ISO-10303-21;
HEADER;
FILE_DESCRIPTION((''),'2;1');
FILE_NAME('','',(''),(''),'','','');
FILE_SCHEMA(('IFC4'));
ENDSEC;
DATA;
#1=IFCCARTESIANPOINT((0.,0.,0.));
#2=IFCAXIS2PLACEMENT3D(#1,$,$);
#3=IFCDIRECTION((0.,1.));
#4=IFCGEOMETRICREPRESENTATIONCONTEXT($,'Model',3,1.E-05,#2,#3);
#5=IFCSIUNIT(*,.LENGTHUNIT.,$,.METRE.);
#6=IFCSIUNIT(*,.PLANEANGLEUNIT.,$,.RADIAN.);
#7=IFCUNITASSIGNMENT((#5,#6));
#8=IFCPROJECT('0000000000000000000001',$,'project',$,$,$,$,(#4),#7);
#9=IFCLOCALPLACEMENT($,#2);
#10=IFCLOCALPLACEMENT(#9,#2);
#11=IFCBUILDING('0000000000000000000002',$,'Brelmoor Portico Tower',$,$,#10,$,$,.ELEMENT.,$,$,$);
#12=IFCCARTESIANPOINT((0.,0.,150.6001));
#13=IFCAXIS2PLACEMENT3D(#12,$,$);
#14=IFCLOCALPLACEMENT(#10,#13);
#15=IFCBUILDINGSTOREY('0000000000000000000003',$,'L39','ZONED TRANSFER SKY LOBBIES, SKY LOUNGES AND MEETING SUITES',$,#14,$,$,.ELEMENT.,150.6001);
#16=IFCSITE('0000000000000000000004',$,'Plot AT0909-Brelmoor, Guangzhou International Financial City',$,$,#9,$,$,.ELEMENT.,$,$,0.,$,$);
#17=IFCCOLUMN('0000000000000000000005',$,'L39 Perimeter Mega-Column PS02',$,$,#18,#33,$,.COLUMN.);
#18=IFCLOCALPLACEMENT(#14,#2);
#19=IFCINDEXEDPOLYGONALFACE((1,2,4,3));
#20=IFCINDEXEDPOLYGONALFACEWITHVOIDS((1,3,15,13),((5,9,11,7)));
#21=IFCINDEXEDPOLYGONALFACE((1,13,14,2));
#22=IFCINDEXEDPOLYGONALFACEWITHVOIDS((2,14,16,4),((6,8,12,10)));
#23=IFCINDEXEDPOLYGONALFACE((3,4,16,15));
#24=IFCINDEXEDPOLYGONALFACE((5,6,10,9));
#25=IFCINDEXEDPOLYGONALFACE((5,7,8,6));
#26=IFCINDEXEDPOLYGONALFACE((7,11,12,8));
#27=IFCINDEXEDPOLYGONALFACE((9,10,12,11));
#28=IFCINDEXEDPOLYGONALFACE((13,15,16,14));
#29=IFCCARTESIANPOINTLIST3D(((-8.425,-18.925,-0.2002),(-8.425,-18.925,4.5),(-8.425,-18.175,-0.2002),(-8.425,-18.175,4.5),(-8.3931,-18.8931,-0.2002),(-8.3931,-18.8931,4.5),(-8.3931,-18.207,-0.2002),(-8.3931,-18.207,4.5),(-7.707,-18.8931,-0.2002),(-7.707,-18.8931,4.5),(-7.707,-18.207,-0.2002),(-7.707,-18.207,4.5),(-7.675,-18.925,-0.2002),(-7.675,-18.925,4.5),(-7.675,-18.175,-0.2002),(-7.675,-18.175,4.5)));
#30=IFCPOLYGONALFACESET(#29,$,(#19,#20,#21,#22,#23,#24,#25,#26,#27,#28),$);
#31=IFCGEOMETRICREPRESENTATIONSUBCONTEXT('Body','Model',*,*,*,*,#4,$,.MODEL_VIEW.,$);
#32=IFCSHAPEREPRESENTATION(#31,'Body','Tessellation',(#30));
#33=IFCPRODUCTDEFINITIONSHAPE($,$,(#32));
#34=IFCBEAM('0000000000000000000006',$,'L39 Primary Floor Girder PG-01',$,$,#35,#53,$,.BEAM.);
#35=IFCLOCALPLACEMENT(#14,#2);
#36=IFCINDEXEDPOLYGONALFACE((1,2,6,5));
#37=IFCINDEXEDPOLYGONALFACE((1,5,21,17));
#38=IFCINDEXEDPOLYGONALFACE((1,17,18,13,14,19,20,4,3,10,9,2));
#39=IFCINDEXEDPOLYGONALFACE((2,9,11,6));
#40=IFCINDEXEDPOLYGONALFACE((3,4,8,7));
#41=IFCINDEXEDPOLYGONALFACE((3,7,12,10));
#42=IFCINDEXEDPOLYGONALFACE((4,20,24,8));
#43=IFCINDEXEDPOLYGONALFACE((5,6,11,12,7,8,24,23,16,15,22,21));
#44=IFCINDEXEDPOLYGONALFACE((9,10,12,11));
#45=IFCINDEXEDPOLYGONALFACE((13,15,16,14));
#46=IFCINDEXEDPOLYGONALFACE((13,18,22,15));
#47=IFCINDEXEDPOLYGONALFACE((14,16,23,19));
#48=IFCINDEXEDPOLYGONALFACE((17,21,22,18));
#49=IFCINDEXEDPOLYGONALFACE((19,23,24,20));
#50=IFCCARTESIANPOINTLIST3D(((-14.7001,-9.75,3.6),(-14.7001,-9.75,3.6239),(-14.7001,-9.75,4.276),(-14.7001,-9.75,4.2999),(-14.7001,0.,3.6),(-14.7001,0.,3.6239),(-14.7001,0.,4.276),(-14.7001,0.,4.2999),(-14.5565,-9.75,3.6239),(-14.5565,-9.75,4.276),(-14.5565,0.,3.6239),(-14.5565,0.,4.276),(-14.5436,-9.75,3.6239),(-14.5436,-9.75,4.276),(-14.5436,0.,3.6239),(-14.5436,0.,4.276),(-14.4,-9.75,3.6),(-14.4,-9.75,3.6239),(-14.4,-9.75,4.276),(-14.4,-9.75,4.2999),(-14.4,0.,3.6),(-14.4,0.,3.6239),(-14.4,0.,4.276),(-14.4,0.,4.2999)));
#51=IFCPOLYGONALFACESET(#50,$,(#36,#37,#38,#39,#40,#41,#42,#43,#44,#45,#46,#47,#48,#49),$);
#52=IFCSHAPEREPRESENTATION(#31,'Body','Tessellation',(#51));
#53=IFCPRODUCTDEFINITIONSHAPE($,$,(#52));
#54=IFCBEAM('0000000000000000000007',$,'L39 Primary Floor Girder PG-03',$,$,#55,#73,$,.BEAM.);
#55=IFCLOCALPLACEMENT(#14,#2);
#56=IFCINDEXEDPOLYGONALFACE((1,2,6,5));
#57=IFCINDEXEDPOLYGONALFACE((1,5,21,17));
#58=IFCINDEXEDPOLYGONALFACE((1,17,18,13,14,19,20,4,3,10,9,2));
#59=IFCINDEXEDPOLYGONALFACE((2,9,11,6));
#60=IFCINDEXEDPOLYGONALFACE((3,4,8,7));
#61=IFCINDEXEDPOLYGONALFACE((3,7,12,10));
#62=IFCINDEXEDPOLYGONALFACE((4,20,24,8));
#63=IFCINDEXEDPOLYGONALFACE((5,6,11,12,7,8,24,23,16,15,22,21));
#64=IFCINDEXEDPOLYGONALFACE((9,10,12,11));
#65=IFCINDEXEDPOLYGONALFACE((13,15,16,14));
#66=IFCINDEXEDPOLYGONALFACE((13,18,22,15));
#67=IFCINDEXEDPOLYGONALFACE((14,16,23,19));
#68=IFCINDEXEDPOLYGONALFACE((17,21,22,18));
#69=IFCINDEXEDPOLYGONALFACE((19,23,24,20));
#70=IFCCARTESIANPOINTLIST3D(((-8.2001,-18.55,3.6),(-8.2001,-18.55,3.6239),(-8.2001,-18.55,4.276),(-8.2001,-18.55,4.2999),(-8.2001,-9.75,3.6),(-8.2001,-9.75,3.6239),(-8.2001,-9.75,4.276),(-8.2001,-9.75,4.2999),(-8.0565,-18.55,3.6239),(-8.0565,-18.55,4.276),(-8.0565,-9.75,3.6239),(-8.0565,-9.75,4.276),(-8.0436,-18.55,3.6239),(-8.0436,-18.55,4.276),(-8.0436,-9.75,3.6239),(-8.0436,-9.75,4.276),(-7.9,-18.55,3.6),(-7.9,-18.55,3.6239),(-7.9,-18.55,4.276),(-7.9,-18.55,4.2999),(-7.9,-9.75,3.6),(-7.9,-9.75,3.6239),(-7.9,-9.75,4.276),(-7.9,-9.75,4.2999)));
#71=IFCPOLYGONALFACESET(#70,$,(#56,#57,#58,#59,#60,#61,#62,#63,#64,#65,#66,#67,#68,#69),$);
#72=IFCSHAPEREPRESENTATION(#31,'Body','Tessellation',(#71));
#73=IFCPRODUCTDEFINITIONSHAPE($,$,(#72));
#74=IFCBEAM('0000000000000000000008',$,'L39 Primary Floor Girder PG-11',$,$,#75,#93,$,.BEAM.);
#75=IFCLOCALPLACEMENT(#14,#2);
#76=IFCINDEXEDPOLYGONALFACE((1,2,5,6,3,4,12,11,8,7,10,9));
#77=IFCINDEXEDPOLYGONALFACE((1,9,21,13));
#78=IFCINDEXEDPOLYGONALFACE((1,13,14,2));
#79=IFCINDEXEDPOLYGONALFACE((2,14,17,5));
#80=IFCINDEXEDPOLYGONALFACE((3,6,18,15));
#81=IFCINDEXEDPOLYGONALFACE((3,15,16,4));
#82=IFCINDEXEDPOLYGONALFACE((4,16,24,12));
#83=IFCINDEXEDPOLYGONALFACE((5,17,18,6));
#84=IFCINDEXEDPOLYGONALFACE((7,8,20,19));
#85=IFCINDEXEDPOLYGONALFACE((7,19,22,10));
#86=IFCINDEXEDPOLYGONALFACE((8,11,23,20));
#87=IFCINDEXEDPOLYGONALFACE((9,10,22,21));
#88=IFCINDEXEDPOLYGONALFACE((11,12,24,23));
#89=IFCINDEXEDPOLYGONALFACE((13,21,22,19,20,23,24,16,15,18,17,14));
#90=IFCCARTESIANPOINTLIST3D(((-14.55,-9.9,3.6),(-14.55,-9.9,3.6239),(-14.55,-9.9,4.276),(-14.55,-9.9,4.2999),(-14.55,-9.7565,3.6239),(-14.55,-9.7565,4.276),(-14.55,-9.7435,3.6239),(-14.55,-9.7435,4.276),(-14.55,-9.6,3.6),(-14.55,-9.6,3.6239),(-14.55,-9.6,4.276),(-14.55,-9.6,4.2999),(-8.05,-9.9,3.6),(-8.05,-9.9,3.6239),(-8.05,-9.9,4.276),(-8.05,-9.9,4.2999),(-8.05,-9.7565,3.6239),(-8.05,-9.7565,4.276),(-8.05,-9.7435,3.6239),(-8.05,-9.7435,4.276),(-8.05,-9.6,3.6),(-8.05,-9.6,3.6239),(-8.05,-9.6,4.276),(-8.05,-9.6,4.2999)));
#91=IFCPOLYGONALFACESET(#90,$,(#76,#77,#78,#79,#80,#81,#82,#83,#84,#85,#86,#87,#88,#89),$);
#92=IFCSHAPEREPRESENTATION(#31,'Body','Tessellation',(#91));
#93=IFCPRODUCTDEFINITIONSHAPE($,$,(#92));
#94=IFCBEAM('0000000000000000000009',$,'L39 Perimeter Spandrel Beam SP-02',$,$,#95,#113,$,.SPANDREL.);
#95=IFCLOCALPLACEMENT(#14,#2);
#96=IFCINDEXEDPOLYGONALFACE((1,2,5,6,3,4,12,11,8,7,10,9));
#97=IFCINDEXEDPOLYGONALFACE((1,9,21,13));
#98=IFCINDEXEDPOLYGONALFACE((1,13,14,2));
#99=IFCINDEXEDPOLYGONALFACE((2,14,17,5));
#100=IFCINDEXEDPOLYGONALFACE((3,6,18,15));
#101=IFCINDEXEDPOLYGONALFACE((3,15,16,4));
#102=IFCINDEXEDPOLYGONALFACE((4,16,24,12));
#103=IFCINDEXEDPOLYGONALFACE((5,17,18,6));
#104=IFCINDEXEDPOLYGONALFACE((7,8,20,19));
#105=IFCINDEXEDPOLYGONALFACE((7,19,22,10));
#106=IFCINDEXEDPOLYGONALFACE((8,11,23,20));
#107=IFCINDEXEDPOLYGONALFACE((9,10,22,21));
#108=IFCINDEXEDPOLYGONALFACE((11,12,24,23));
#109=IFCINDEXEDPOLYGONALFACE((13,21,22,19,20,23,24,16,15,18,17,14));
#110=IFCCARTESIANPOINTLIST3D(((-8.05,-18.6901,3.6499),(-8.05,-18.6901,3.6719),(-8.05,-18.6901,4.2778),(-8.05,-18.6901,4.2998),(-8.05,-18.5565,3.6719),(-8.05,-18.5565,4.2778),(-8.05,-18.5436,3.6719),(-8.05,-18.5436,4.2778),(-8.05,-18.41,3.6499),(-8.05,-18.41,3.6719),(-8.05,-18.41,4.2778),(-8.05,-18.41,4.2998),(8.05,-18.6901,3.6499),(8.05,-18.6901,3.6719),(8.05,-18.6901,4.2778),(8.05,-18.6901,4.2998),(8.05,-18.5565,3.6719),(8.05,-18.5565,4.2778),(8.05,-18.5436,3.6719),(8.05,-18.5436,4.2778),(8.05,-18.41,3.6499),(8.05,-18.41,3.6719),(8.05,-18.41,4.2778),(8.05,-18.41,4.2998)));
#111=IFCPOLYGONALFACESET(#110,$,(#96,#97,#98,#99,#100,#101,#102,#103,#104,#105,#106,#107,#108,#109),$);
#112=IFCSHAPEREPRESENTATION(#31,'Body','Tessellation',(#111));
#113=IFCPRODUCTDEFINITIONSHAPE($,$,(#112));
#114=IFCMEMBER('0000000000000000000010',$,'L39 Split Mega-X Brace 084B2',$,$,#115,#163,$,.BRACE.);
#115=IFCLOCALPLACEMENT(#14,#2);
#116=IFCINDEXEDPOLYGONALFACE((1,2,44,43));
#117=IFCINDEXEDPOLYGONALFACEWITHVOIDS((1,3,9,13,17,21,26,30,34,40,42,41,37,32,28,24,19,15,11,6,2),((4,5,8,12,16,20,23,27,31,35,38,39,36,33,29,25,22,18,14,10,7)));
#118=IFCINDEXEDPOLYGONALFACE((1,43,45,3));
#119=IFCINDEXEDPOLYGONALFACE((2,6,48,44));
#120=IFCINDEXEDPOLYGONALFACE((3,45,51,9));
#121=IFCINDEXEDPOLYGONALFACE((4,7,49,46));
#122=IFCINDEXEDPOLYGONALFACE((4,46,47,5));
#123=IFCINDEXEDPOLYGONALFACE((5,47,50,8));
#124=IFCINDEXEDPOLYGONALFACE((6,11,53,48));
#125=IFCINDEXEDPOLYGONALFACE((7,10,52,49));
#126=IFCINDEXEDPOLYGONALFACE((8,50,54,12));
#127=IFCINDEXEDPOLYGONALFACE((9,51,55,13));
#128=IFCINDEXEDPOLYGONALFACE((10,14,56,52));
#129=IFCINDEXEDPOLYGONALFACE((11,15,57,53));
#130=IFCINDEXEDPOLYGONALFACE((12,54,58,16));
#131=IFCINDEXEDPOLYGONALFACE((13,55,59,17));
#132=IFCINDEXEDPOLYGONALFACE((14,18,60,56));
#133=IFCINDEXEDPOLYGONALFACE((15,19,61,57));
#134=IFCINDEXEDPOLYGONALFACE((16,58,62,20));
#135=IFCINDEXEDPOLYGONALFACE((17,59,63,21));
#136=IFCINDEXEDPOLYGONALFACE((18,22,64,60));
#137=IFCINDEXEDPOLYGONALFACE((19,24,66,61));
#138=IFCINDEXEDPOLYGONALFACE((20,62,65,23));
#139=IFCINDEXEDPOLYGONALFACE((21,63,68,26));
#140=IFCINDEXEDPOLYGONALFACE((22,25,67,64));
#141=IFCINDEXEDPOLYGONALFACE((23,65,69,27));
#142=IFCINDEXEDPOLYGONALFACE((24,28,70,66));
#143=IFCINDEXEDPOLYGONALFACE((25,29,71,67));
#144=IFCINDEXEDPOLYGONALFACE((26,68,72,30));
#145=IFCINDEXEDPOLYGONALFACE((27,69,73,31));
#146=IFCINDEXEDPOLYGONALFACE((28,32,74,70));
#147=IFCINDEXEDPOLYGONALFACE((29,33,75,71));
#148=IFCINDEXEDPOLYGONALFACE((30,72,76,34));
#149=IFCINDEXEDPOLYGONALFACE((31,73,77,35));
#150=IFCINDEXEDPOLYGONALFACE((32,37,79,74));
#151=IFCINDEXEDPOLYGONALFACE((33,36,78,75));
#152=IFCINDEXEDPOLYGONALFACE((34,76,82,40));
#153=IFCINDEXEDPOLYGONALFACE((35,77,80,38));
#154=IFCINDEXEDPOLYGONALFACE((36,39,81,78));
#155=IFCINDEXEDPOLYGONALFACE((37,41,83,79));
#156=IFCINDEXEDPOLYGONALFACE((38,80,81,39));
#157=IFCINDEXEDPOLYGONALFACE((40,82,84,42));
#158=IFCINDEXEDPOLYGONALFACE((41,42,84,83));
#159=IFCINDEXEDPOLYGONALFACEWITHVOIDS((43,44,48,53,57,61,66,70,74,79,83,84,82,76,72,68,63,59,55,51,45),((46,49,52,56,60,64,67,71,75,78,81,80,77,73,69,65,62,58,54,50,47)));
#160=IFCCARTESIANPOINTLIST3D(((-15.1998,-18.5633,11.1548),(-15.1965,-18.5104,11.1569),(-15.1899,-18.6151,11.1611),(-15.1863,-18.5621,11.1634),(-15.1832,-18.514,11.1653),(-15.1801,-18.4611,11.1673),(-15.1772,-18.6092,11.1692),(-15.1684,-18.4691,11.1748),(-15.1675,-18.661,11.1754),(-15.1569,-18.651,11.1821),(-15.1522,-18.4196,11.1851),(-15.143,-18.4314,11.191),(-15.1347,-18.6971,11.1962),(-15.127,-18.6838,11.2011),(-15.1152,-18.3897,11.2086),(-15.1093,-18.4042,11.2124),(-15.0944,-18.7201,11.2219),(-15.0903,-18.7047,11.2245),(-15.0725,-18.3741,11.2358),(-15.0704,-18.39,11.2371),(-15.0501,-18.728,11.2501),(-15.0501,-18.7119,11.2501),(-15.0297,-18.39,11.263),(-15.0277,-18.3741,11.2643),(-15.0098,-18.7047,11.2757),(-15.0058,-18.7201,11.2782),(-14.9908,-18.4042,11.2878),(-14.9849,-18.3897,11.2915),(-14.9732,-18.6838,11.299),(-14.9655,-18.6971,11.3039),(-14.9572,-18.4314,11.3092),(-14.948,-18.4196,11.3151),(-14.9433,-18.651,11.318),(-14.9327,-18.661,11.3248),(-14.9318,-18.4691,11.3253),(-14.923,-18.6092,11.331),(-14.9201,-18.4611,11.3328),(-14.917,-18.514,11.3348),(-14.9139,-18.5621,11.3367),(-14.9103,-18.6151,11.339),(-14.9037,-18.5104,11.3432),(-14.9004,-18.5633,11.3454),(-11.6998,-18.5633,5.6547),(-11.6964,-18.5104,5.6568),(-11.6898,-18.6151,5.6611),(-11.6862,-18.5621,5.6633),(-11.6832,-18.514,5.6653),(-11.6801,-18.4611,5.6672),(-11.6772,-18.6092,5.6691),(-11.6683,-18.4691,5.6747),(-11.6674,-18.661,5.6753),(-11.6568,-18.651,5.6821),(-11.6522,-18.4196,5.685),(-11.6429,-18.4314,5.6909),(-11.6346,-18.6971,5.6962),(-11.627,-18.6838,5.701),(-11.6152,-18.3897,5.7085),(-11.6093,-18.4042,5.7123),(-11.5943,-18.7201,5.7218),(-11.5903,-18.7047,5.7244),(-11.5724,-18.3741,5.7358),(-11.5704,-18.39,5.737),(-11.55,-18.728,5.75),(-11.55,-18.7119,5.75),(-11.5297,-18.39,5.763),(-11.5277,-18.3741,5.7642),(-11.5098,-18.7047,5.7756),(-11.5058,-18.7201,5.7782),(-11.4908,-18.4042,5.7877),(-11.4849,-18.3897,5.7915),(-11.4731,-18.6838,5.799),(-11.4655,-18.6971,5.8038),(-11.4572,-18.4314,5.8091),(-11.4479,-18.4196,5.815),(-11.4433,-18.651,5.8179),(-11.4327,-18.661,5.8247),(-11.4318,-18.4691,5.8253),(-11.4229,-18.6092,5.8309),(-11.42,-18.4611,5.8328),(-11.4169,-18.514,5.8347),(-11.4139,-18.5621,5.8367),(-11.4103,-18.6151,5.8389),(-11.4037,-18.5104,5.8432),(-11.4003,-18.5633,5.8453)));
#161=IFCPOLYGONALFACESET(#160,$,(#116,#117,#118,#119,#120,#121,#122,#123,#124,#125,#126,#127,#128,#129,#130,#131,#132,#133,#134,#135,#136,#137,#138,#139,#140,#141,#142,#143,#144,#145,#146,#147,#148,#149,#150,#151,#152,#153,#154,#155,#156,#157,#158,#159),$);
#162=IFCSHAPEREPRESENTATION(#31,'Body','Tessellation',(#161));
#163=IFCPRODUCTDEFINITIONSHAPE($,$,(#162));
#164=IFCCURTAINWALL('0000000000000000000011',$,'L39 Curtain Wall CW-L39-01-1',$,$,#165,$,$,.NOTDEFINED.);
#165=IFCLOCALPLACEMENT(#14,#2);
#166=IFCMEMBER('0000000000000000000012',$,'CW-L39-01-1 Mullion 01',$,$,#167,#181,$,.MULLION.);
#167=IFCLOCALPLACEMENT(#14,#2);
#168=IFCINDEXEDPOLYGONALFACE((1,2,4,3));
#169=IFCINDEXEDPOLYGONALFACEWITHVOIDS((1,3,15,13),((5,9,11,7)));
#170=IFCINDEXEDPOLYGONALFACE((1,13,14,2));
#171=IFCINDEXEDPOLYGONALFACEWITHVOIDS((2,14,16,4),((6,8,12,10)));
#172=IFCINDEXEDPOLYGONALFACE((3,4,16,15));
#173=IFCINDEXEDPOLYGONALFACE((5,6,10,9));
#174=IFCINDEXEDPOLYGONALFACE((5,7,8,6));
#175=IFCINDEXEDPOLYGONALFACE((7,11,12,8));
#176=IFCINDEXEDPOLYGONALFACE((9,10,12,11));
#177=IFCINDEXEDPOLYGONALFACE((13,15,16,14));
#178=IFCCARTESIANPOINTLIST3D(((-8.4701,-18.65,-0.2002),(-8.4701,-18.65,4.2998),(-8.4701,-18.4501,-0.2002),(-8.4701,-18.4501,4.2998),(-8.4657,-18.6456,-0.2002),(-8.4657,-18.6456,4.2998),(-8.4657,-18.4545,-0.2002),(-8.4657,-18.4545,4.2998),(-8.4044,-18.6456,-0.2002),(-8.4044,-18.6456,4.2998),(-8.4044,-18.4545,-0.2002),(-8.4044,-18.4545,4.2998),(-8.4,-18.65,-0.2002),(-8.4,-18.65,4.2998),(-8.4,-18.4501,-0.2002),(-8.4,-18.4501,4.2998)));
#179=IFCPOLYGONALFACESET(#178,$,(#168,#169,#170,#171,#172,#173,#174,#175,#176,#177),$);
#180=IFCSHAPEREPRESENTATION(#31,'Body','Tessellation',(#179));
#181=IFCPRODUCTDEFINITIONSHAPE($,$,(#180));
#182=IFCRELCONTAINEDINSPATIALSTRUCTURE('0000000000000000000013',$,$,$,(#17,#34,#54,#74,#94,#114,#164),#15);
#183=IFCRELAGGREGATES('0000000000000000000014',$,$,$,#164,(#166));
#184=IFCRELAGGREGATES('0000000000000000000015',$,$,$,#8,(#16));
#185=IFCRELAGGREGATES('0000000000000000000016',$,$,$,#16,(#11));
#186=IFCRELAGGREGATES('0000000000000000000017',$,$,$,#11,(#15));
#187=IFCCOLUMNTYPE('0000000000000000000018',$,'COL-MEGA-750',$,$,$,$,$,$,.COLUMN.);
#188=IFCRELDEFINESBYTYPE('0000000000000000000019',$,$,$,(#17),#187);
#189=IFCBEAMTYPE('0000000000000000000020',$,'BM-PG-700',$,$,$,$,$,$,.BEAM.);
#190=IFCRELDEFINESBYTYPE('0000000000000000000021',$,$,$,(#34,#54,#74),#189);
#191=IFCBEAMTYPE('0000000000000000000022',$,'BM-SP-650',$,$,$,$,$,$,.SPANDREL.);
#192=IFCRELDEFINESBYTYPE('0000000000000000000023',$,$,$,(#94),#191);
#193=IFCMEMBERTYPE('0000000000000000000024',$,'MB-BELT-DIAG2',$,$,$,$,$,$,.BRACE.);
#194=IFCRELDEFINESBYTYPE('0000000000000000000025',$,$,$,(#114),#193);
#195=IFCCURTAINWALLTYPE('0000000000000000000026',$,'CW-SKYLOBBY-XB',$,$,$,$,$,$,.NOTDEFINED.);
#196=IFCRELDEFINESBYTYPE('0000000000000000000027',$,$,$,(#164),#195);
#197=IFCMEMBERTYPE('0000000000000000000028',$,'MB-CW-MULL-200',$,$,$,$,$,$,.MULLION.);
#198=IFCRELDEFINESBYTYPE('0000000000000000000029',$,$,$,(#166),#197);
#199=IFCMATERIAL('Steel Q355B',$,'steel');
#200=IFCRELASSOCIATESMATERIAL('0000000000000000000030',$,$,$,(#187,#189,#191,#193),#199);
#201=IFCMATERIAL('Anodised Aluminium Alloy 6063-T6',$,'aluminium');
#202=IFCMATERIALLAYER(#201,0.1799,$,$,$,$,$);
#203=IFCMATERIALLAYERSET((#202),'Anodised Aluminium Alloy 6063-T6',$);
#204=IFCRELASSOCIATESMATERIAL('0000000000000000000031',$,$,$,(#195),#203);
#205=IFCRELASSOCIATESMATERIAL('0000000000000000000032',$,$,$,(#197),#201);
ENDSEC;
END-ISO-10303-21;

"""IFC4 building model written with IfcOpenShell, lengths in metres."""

from ifc_helpers import new_model, si_unit, direction, frame, origin, origin_2d, place, context, subcontext, project, spatial, hollow_rectangle, hollow_circle, i_section, extrude, material, layer, layer_set, material_profile, profile_set, type_object, element, aggregate, save


model = new_model("IFC4")

# Units and contexts
model_context = context("Model", 3, precision=1e-05, world=origin(), true_north=direction((0.0, 1.0)))
body_context = subcontext(model_context, "Body", "Model", "MODEL_VIEW")
ifc_project = project(units=[si_unit("LENGTHUNIT", "METRE"), si_unit("PLANEANGLEUNIT", "RADIAN")], contexts=[model_context])

# Site, building, storey
site_placement = place(None, origin())
site = spatial("IfcSite", under=ifc_project, at=site_placement, Name="Plot AT0909-Brelmoor, Guangzhou International Financial City", CompositionType="ELEMENT", RefElevation=0.0)
building_placement = place(site_placement, origin())
building = spatial("IfcBuilding", under=site, at=building_placement, Name="Brelmoor Portico Tower", CompositionType="ELEMENT")
storey_placement = place(building_placement, frame((0.0, 0.0, 150.6001)))
storey = spatial("IfcBuildingStorey", under=building, at=storey_placement, Name="L39", Description="ZONED TRANSFER SKY LOBBIES, SKY LOUNGES AND MEETING SUITES", CompositionType="ELEMENT", Elevation=150.6001)

# Column
ifc_material_1 = material(Name="Steel Q355B", Category="steel")
ifc_material_profile_1 = material_profile(ifc_material_1, hollow_rectangle(XDim=0.75, YDim=0.75, WallThickness=0.032, at=origin_2d()), Name="BOX 750x750x32")
ifc_profile_set_1 = profile_set([ifc_material_profile_1], Name="Steel Q355B")
column_type = type_object("IfcColumnType", Name="COL-MEGA-750", PredefinedType="COLUMN", material=ifc_profile_set_1)
column_placement = place(storey_placement, frame((-8.05, -18.55, -0.2002), z_axis=(0.0, 0.0, 1.0), x_axis=(1.0, 0.0, 0.0)))
element("IfcColumn", 1, at=column_placement, inside=storey, type_object=column_type, Name="L39 Perimeter Mega-Column PS02", PredefinedType="COLUMN", context=body_context, shape_type="SweptSolid", body=[
    extrude(hollow_rectangle(XDim=0.75, YDim=0.75, WallThickness=0.032, at=origin_2d()), origin(), (0.0, 0.0, 1.0), 4.7002),
])

# Beams
ifc_material_profile_2 = material_profile(ifc_material_1, i_section(OverallWidth=0.3, OverallDepth=0.7, WebThickness=0.0129, FlangeThickness=0.0239, at=origin_2d()), Name="HN 700x300x13x24")
ifc_profile_set_2 = profile_set([ifc_material_profile_2], Name="Steel Q355B")
beam_type_1 = type_object("IfcBeamType", Name="BM-PG-700", PredefinedType="BEAM", material=ifc_profile_set_2)
beam_1_placement = place(storey_placement, frame((-14.55, -9.75, 3.95), z_axis=(0.0, 1.0, 0.0), x_axis=(-1.0, 0.0, 0.0)))
element("IfcBeam", 2, at=beam_1_placement, inside=storey, type_object=beam_type_1, Name="L39 Primary Floor Girder PG-01", PredefinedType="BEAM", context=body_context, shape_type="SweptSolid", body=[
    extrude(i_section(OverallWidth=0.3, OverallDepth=0.7, WebThickness=0.0129, FlangeThickness=0.0239, at=origin_2d()), origin(), (0.0, 0.0, 1.0), 9.75),
])
beam_2_placement = place(storey_placement, frame((-8.05, -18.55, 3.95), z_axis=(0.0, 1.0, 0.0), x_axis=(-1.0, 0.0, 0.0)))
element("IfcBeam", 3, at=beam_2_placement, inside=storey, type_object=beam_type_1, Name="L39 Primary Floor Girder PG-03", PredefinedType="BEAM", context=body_context, shape_type="SweptSolid", body=[
    extrude(i_section(OverallWidth=0.3, OverallDepth=0.7, WebThickness=0.0129, FlangeThickness=0.0239, at=origin_2d()), origin(), (0.0, 0.0, 1.0), 8.8),
])
beam_3_placement = place(storey_placement, frame((-14.55, -9.75, 3.95), z_axis=(1.0, 0.0, 0.0), x_axis=(0.0, 1.0, 0.0)))
element("IfcBeam", 4, at=beam_3_placement, inside=storey, type_object=beam_type_1, Name="L39 Primary Floor Girder PG-11", PredefinedType="BEAM", context=body_context, shape_type="SweptSolid", body=[
    extrude(i_section(OverallWidth=0.3, OverallDepth=0.7, WebThickness=0.0129, FlangeThickness=0.0239, at=origin_2d()), origin(), (0.0, 0.0, 1.0), 6.5),
])
ifc_material_profile_3 = material_profile(ifc_material_1, i_section(OverallWidth=0.28, OverallDepth=0.6499, WebThickness=0.0129, FlangeThickness=0.022, at=origin_2d()), Name="HN 650x280x13x22")
ifc_profile_set_3 = profile_set([ifc_material_profile_3], Name="Steel Q355B")
beam_type_2 = type_object("IfcBeamType", Name="BM-SP-650", PredefinedType="SPANDREL", material=ifc_profile_set_3)
beam_4_placement = place(storey_placement, frame((-8.05, -18.55, 3.9749), z_axis=(1.0, 0.0, 0.0), x_axis=(0.0, 1.0, 0.0)))
element("IfcBeam", 5, at=beam_4_placement, inside=storey, type_object=beam_type_2, Name="L39 Perimeter Spandrel Beam SP-02", PredefinedType="SPANDREL", context=body_context, shape_type="SweptSolid", body=[
    extrude(i_section(OverallWidth=0.28, OverallDepth=0.6499, WebThickness=0.0129, FlangeThickness=0.022, at=origin_2d()), origin(), (0.0, 0.0, 1.0), 16.1001),
])

# Member
ifc_material_profile_4 = material_profile(ifc_material_1, hollow_circle(Radius=0.178, WallThickness=0.0161, at=origin_2d()), Name="CHS 356x16")
ifc_profile_set_4 = profile_set([ifc_material_profile_4], Name="Steel Q355B")
member_type_1 = type_object("IfcMemberType", Name="MB-BELT-DIAG2", PredefinedType="BRACE", material=ifc_profile_set_4)
member_1_placement = place(storey_placement, frame((-11.55, -18.55, 5.75), z_axis=(-0.536875, 0.0, 0.843661), x_axis=(0.0, -1.0, 0.0)))
element("IfcMember", 6, at=member_1_placement, inside=storey, type_object=member_type_1, Name="L39 Split Mega-X Brace 084B2", PredefinedType="BRACE", context=body_context, shape_type="SweptSolid", body=[
    extrude(hollow_circle(Radius=0.178, WallThickness=0.0161, at=origin_2d()), origin(), (0.0, 0.0, 1.0), 6.5193),
])

# Curtain wall, member
ifc_material_2 = material(Name="Anodised Aluminium Alloy 6063-T6", Category="aluminium")
ifc_layer_1 = layer(ifc_material_2, 0.1799)
ifc_layer_set_1 = layer_set([ifc_layer_1], Name="Anodised Aluminium Alloy 6063-T6")
curtain_wall_type = type_object("IfcCurtainWallType", Name="CW-SKYLOBBY-XB", PredefinedType="NOTDEFINED", material=ifc_layer_set_1)
curtain_wall_placement = place(storey_placement, origin())
curtain_wall = element("IfcCurtainWall", 7, at=curtain_wall_placement, inside=storey, type_object=curtain_wall_type, Name="L39 Curtain Wall CW-L39-01-1", PredefinedType="NOTDEFINED")
ifc_material_profile_5 = material_profile(ifc_material_2, hollow_rectangle(XDim=0.0701, YDim=0.2, WallThickness=0.0044, at=origin_2d()), Name="ALU MULLION 70x200")
ifc_profile_set_5 = profile_set([ifc_material_profile_5], Name="Anodised Aluminium Alloy 6063-T6")
member_type_2 = type_object("IfcMemberType", Name="MB-CW-MULL-200", PredefinedType="MULLION", material=ifc_profile_set_5)
member_2_placement = place(storey_placement, frame((-8.4351, -18.55, -0.2002), z_axis=(0.0, 0.0, 1.0), x_axis=(1.0, 0.0, 0.0)))
member_2 = element("IfcMember", 8, at=member_2_placement, type_object=member_type_2, Name="CW-L39-01-1 Mullion 01", PredefinedType="MULLION", context=body_context, shape_type="SweptSolid", body=[
    extrude(hollow_rectangle(XDim=0.0701, YDim=0.2, WallThickness=0.0044, at=origin_2d()), origin(), (0.0, 0.0, 1.0), 4.5),
])
aggregate(curtain_wall, [member_2])

save(model, "model.ifc")
